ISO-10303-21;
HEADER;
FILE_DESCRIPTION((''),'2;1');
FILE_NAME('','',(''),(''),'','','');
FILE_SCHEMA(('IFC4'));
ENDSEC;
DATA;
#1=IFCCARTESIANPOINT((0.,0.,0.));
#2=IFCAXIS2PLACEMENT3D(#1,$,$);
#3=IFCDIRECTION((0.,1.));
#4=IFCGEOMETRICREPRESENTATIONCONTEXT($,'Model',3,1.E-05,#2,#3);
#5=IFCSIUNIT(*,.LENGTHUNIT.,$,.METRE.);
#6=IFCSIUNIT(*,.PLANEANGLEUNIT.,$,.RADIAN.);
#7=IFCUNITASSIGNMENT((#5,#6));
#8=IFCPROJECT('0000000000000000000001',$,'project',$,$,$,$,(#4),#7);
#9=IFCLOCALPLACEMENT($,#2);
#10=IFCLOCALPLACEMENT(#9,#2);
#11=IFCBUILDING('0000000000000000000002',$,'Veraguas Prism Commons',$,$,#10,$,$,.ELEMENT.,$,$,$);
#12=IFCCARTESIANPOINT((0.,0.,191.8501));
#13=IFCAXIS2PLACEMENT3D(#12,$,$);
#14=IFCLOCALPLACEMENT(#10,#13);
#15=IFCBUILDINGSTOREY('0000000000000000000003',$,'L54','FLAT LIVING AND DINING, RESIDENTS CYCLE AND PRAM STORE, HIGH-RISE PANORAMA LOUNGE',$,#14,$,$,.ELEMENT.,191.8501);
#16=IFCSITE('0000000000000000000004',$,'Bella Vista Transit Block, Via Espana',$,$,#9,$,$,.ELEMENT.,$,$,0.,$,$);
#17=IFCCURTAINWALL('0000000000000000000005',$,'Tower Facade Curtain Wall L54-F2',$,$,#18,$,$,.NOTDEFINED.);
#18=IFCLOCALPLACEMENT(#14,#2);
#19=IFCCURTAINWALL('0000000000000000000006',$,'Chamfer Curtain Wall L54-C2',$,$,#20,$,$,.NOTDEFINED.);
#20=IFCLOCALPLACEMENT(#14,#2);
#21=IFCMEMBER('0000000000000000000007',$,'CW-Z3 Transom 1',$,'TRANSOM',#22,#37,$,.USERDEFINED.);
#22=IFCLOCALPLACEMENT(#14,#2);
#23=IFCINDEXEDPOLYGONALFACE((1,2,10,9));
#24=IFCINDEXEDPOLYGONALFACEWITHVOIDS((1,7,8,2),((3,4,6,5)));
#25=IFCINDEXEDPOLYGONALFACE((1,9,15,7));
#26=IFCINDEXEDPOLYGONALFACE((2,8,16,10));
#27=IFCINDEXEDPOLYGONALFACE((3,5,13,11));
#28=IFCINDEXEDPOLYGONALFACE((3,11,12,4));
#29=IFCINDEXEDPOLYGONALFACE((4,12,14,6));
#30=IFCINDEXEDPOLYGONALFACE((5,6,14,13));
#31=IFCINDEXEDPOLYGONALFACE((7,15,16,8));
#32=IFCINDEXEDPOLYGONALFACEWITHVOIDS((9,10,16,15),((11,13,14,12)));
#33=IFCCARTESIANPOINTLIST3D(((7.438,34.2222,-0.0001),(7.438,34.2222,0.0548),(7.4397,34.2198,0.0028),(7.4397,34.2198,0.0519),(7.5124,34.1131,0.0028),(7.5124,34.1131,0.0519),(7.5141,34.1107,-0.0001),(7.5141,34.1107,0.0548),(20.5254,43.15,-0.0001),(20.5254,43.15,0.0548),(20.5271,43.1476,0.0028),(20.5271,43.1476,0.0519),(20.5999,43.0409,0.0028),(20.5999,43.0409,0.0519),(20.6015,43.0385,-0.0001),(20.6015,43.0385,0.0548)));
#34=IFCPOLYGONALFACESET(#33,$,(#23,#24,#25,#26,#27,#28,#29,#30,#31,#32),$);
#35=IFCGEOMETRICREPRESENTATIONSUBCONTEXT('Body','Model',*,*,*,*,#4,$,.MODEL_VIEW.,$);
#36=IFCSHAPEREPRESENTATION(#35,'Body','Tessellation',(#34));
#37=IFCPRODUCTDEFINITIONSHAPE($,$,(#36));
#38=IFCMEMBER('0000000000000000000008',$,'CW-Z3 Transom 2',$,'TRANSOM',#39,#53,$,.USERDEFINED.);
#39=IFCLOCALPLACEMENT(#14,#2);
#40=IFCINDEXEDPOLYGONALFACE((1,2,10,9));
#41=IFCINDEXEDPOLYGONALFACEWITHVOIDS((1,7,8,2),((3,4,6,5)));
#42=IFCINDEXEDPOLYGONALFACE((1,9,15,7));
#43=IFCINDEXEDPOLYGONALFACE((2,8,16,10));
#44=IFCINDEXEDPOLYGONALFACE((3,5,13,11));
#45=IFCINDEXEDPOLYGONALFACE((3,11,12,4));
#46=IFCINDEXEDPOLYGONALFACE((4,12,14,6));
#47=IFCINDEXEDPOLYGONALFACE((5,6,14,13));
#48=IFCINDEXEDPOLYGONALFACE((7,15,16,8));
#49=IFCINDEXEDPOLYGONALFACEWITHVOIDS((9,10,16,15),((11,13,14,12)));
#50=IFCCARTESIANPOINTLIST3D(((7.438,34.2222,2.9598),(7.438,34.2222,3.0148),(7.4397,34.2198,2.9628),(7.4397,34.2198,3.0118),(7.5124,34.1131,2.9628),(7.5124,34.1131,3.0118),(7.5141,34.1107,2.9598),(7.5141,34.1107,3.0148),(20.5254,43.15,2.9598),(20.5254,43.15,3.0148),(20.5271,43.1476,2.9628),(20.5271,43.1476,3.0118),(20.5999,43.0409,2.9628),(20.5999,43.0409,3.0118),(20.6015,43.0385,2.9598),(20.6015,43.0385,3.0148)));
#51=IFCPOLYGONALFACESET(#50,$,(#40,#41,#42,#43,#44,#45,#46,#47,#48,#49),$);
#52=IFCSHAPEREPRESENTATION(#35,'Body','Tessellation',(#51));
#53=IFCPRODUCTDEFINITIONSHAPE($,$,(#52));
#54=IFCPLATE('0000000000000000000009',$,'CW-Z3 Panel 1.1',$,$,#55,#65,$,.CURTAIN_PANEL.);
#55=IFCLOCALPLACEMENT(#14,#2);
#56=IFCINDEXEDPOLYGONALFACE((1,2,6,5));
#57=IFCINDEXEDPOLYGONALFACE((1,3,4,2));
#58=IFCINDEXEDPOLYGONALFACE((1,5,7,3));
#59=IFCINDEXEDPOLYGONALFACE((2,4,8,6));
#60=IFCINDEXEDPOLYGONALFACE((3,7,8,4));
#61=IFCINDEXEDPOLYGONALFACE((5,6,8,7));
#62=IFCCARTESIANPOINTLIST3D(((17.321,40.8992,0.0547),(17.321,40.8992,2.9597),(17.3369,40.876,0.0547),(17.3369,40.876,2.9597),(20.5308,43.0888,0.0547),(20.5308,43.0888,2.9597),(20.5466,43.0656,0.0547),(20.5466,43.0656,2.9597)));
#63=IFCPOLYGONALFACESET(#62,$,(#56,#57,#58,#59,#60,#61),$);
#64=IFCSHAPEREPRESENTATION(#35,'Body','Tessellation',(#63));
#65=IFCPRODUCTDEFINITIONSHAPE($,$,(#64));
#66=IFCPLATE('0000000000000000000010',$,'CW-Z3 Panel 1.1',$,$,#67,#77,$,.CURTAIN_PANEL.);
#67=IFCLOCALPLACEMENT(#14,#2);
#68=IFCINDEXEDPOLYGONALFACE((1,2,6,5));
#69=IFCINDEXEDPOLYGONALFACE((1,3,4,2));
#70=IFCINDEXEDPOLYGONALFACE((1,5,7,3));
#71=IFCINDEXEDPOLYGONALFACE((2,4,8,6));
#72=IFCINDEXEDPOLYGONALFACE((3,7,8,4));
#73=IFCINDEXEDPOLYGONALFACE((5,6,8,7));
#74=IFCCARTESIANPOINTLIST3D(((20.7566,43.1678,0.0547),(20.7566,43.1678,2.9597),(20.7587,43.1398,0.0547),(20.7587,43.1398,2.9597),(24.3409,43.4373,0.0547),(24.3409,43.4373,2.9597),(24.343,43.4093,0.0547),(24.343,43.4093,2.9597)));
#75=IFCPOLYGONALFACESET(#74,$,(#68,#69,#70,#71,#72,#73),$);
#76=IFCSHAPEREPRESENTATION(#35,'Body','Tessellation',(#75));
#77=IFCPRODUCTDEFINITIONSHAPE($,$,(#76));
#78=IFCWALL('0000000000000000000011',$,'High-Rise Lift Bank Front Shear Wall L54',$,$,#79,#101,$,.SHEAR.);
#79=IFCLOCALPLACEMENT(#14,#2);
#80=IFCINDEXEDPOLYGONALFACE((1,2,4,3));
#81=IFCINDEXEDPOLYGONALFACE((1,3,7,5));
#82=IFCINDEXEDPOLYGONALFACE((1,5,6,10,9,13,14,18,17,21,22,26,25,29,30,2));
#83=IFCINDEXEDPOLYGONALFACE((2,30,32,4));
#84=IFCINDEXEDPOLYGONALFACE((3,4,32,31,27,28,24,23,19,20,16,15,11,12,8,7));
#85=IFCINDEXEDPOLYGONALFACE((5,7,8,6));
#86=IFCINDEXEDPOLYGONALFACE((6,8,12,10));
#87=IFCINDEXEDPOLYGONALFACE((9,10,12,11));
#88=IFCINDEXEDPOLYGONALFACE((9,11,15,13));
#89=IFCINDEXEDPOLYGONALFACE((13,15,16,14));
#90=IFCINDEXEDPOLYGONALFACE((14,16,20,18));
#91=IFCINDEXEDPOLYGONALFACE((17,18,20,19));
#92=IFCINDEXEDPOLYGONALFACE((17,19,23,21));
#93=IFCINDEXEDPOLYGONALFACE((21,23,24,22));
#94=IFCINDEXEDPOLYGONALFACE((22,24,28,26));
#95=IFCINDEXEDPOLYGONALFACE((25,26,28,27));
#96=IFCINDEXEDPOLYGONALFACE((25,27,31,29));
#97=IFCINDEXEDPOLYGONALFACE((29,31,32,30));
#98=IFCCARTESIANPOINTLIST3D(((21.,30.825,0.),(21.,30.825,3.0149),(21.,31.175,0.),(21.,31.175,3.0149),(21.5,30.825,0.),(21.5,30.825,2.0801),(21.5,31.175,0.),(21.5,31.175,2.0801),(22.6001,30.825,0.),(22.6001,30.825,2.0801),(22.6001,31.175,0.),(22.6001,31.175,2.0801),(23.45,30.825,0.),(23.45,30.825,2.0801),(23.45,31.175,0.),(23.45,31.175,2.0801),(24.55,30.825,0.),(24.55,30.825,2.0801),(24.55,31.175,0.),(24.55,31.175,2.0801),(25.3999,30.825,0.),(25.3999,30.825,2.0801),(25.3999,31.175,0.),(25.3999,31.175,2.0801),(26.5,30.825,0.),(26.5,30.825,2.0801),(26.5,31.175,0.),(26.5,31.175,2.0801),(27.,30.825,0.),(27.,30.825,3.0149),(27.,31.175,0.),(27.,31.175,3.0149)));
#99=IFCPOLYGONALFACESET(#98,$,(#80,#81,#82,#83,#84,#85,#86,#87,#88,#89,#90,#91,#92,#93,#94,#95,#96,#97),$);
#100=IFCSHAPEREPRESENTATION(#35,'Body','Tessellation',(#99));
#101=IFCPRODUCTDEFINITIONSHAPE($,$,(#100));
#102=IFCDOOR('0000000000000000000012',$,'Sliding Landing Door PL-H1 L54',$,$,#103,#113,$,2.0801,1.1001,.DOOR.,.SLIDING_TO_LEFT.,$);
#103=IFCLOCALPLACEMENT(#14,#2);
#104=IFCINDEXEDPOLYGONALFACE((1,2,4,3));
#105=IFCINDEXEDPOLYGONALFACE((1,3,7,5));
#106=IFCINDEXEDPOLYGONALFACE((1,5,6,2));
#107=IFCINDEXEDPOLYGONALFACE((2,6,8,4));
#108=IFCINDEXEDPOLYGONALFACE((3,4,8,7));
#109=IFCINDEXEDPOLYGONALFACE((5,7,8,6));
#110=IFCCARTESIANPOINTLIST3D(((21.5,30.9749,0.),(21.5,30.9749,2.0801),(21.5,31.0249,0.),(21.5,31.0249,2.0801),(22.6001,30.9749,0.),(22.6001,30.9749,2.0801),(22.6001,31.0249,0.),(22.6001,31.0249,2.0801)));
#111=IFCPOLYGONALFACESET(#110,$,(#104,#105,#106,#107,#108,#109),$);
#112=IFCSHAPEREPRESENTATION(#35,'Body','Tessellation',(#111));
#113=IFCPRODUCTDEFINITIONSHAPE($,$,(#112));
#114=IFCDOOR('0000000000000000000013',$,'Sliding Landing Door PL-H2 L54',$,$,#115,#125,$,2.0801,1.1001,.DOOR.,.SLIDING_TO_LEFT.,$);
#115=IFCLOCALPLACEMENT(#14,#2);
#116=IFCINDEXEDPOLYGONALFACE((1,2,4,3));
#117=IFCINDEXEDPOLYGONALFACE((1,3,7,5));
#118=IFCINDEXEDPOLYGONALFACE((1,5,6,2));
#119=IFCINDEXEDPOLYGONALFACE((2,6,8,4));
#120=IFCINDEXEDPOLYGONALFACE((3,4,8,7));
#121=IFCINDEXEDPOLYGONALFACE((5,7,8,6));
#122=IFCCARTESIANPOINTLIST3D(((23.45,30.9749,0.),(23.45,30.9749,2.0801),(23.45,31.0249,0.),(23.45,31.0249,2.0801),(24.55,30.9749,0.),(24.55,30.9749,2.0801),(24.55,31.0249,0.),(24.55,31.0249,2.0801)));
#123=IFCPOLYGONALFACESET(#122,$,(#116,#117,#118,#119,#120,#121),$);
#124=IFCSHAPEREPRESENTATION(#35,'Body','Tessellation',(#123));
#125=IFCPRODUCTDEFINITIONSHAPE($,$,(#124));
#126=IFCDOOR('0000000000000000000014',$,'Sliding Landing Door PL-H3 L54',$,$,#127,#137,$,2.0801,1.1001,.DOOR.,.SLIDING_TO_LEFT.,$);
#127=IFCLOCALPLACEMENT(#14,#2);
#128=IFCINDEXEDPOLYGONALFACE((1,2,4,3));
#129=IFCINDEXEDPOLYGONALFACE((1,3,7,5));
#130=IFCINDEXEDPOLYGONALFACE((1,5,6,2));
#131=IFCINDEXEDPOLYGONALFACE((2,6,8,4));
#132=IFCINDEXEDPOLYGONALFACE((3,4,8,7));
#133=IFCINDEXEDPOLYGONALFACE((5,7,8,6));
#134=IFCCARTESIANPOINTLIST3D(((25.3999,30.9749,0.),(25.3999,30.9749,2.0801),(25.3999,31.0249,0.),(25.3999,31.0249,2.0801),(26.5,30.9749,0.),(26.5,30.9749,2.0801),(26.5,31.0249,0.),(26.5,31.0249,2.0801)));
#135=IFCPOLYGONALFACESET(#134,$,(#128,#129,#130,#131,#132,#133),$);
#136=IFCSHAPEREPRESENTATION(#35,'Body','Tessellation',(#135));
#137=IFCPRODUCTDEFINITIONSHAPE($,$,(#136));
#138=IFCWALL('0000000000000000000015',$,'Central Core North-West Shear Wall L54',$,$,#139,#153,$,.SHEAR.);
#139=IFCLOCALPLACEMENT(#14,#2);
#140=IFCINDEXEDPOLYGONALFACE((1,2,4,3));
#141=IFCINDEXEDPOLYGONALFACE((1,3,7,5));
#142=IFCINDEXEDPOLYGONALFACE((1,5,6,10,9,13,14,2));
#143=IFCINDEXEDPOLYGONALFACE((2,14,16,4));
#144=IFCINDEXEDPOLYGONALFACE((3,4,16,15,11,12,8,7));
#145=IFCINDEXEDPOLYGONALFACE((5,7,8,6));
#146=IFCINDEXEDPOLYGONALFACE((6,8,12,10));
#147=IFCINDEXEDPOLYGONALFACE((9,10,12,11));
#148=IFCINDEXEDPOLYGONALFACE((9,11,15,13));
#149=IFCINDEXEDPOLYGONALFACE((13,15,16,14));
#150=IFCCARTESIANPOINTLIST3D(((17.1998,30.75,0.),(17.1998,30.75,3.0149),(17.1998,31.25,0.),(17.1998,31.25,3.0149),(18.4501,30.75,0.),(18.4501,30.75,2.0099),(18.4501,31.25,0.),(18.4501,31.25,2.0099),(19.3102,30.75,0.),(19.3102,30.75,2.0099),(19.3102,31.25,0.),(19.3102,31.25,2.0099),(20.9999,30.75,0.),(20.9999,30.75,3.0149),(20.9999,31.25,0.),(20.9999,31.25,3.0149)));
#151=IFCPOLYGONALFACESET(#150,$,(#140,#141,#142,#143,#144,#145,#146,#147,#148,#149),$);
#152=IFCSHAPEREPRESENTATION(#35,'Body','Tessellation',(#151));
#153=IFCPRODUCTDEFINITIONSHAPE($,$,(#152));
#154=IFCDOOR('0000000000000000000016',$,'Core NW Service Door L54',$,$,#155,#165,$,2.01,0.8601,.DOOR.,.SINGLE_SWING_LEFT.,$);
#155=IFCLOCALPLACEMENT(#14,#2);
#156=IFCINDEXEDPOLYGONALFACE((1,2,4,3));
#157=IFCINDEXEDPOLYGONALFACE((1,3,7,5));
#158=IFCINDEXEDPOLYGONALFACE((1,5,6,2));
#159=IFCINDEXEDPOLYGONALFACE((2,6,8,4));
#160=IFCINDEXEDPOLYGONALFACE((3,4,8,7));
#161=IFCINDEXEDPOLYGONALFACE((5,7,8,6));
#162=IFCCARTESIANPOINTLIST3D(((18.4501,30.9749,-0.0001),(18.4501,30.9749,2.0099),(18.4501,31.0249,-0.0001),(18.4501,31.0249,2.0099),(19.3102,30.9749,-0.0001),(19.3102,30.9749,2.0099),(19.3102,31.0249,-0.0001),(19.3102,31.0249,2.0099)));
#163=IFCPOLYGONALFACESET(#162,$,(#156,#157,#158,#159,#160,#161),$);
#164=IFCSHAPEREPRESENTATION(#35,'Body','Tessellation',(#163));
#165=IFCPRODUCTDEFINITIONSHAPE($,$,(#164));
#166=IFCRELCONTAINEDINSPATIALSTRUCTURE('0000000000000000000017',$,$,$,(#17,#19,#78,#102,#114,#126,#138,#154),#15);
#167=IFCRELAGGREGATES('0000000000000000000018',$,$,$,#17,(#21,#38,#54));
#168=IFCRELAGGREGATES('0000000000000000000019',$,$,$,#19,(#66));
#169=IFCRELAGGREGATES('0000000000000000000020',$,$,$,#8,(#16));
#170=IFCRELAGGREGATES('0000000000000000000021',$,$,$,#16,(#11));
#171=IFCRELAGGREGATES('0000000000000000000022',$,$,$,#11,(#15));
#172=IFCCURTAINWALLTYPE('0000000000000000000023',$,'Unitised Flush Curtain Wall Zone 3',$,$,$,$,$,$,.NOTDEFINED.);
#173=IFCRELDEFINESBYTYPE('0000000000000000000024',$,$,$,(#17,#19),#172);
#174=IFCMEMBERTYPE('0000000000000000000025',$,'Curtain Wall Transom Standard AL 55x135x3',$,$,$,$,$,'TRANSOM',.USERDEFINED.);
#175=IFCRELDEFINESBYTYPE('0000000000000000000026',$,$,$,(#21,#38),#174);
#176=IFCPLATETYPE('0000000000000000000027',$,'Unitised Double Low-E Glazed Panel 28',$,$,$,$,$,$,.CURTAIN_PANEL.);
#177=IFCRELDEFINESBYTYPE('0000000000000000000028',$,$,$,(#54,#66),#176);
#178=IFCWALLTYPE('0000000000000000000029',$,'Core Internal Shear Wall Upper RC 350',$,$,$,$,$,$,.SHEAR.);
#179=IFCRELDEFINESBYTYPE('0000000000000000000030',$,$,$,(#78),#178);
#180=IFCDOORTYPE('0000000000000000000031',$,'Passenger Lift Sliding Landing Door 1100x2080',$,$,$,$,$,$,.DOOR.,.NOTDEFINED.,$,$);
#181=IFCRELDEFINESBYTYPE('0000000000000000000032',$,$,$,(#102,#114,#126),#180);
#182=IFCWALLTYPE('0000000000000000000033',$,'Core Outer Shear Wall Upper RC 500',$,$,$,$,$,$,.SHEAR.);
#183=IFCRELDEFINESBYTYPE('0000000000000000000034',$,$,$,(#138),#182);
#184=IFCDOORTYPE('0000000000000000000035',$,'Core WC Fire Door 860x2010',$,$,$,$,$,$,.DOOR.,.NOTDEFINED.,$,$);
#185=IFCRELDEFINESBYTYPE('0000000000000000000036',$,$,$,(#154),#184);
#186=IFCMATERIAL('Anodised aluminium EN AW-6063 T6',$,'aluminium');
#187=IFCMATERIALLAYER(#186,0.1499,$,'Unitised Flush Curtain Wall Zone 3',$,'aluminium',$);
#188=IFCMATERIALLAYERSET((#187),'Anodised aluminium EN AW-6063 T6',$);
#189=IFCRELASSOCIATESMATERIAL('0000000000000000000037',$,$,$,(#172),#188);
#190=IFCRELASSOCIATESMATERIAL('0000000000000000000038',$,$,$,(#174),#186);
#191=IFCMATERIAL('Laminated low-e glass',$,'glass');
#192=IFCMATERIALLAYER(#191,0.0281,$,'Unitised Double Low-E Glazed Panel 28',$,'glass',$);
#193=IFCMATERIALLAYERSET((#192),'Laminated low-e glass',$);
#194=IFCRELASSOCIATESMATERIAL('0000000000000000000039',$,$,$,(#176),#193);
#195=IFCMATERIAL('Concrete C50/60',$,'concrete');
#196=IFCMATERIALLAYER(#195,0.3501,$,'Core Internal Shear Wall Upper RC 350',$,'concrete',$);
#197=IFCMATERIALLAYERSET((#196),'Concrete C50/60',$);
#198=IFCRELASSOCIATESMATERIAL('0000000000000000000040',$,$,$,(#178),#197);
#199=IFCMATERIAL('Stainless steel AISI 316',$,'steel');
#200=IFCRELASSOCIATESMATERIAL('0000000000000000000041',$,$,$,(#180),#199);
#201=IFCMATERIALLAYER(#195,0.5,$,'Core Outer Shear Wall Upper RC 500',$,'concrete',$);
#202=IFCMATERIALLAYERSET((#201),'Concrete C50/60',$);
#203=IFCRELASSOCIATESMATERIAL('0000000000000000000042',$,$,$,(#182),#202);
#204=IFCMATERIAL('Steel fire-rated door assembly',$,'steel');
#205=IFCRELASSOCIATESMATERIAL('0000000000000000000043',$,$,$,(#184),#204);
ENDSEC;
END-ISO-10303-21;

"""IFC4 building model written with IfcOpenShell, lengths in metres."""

from ifc_helpers import new_model, si_unit, direction, frame, frame_2d, origin, origin_2d, place, context, subcontext, project, spatial, rectangle, hollow_rectangle, extrude, source, transform, mapped, material, layer, layer_set, material_profile, profile_set, type_object, element, fill, aggregate, save


model = new_model("IFC4")

# Units and contexts
model_context = context("Model", 3, precision=1e-05, world=origin(), true_north=direction((0.0, 1.0)))
body_context = subcontext(model_context, "Body", "Model", "MODEL_VIEW")
ifc_project = project(units=[si_unit("LENGTHUNIT", "METRE"), si_unit("PLANEANGLEUNIT", "RADIAN")], contexts=[model_context])

# Site, building, storey
site_placement = place(None, origin())
site = spatial("IfcSite", under=ifc_project, at=site_placement, Name="Bella Vista Transit Block, Via Espana", CompositionType="ELEMENT", RefElevation=0.0)
building_placement = place(site_placement, origin())
building = spatial("IfcBuilding", under=site, at=building_placement, Name="Veraguas Prism Commons", CompositionType="ELEMENT")
storey_placement = place(building_placement, frame((0.0, 0.0, 191.8501)))
storey = spatial("IfcBuildingStorey", under=building, at=storey_placement, Name="L54", Description="FLAT LIVING AND DINING, RESIDENTS CYCLE AND PRAM STORE, HIGH-RISE PANORAMA LOUNGE", CompositionType="ELEMENT", Elevation=191.8501)

# Shared definitions
ifc_material_1 = material(Name="Concrete C50/60", Category="concrete")

# Curtain wall
ifc_material_2 = material(Name="Anodised aluminium EN AW-6063 T6", Category="aluminium")
ifc_layer_1 = layer(ifc_material_2, 0.1499, Name="Unitised Flush Curtain Wall Zone 3", Category="aluminium")
ifc_layer_set_1 = layer_set([ifc_layer_1], Name="Anodised aluminium EN AW-6063 T6")
curtain_wall_type = type_object("IfcCurtainWallType", Name="Unitised Flush Curtain Wall Zone 3", PredefinedType="NOTDEFINED", material=ifc_layer_set_1)
curtain_wall_1_placement = place(storey_placement, origin())
curtain_wall_1 = element("IfcCurtainWall", 1, at=curtain_wall_1_placement, inside=storey, type_object=curtain_wall_type, Name="Tower Facade Curtain Wall L54-F2", PredefinedType="NOTDEFINED")

# Curtain wall
curtain_wall_2_placement = place(storey_placement, origin())
curtain_wall_2 = element("IfcCurtainWall", 2, at=curtain_wall_2_placement, inside=storey, type_object=curtain_wall_type, Name="Chamfer Curtain Wall L54-C2", PredefinedType="NOTDEFINED")

# Members
ifc_material_profile_1 = material_profile(ifc_material_2, hollow_rectangle(XDim=0.0549, YDim=0.135, WallThickness=0.0029, at=origin_2d()), Name="AL55X135X3")
ifc_profile_set_1 = profile_set([ifc_material_profile_1], Name="Anodised aluminium EN AW-6063 T6")
member_type_1 = type_object("IfcMemberType", Name="Curtain Wall Transom Standard AL 55x135x3", ElementType="TRANSOM", PredefinedType="USERDEFINED", material=ifc_profile_set_1)
shared_shape_1 = source(origin(), body_context, "Body", "SweptSolid", [
    extrude(hollow_rectangle(XDim=0.0549, YDim=0.135, WallThickness=0.0029, at=origin_2d()), origin(), (0.0, 0.0, 1.0), 15.8425),
])
member_1_placement = place(storey_placement, frame((20.5635, 43.0942, 0.0273), z_axis=(-0.826095, -0.563531, 0.0), x_axis=(0.0, 0.0, 1.0)))
member_1 = element("IfcMember", 3, at=member_1_placement, type_object=member_type_1, Name="CW-Z3 Transom 1", ObjectType="TRANSOM", PredefinedType="USERDEFINED", context=body_context, shape_type="MappedRepresentation", body=[
    mapped(shared_shape_1, transform((0.0, 0.0, 0.0), scale=1.0)),
])
member_2_placement = place(storey_placement, frame((20.5635, 43.0942, 2.9873), z_axis=(-0.826095, -0.563531, 0.0), x_axis=(0.0, 0.0, 1.0)))
member_2 = element("IfcMember", 4, at=member_2_placement, type_object=member_type_1, Name="CW-Z3 Transom 2", ObjectType="TRANSOM", PredefinedType="USERDEFINED", context=body_context, shape_type="MappedRepresentation", body=[
    mapped(shared_shape_1, transform((0.0, 0.0, 0.0), scale=1.0)),
])

# Plates
ifc_material_3 = material(Name="Laminated low-e glass", Category="glass")
ifc_layer_2 = layer(ifc_material_3, 0.0281, Name="Unitised Double Low-E Glazed Panel 28", Category="glass")
ifc_layer_set_2 = layer_set([ifc_layer_2], Name="Laminated low-e glass")
plate_type = type_object("IfcPlateType", Name="Unitised Double Low-E Glazed Panel 28", PredefinedType="CURTAIN_PANEL", material=ifc_layer_set_2)
shared_shape_2 = source(origin(), body_context, "Body", "SweptSolid", [
    extrude(rectangle(XDim=3.8855, YDim=0.0281, at=origin_2d()), origin(), (0.0, 0.0, 1.0), 2.905),
])
plate_1_placement = place(storey_placement, frame((18.9338, 41.9824, 0.0547), z_axis=(0.0, 0.0, 1.0), x_axis=(-0.826095, -0.56353, 0.0)))
plate_1 = element("IfcPlate", 5, at=plate_1_placement, type_object=plate_type, Name="CW-Z3 Panel 1.1", PredefinedType="CURTAIN_PANEL", context=body_context, shape_type="MappedRepresentation", body=[
    mapped(shared_shape_2, transform((0.0, 0.0, 0.0), scale=1.0)),
])
aggregate(curtain_wall_1, [member_1, member_2, plate_1])
shared_shape_3 = source(origin(), body_context, "Body", "SweptSolid", [
    extrude(rectangle(XDim=3.5945, YDim=0.0281, at=origin_2d()), origin(), (0.0, 0.0, 1.0), 2.905),
])
plate_2_placement = place(storey_placement, frame((22.5498, 43.2886, 0.0547), z_axis=(0.0, 0.0, 1.0), x_axis=(-0.997185, -0.074977, 0.0)))
plate_2 = element("IfcPlate", 6, at=plate_2_placement, type_object=plate_type, Name="CW-Z3 Panel 1.1", PredefinedType="CURTAIN_PANEL", context=body_context, shape_type="MappedRepresentation", body=[
    mapped(shared_shape_3, transform((0.0, 0.0, 0.0), scale=1.0)),
])
aggregate(curtain_wall_2, [plate_2])

# Wall, openings, doors
ifc_layer_3 = layer(ifc_material_1, 0.3501, Name="Core Internal Shear Wall Upper RC 350", Category="concrete")
ifc_layer_set_3 = layer_set([ifc_layer_3], Name="Concrete C50/60")
wall_type_1 = type_object("IfcWallType", Name="Core Internal Shear Wall Upper RC 350", PredefinedType="SHEAR", material=ifc_layer_set_3)
wall_1_placement = place(storey_placement, frame((21.0, 31.0, 0.0), z_axis=(0.0, 0.0, 1.0), x_axis=(1.0, 0.0, 0.0)))
wall_1 = element("IfcWall", 7, at=wall_1_placement, inside=storey, type_object=wall_type_1, Name="High-Rise Lift Bank Front Shear Wall L54", PredefinedType="SHEAR", context=body_context, shape_type="SweptSolid", body=[
    extrude(rectangle(XDim=6.0, YDim=0.3501, at=frame_2d((3.0, 0.0))), origin(), (0.0, 0.0, 1.0), 3.0149),
])
opening_1_placement = place(wall_1_placement, frame((0.5, 0.0, 0.0)))
opening_1 = element("IfcOpeningElement", 8, at=opening_1_placement, cuts=wall_1, PredefinedType="OPENING", context=body_context, shape_type="SweptSolid", body=[
    extrude(rectangle(XDim=1.1001, YDim=2.0801, at=frame_2d((0.55, 1.04))), frame((0.0, 0.1851, 0.0), z_axis=(0.0, -1.0, 0.0), x_axis=(1.0, 0.0, 0.0)), (0.0, 0.0, 1.0), 0.3701),
])
opening_2_placement = place(wall_1_placement, frame((2.45, 0.0, 0.0)))
opening_2 = element("IfcOpeningElement", 9, at=opening_2_placement, cuts=wall_1, PredefinedType="OPENING", context=body_context, shape_type="SweptSolid", body=[
    extrude(rectangle(XDim=1.1001, YDim=2.0801, at=frame_2d((0.55, 1.04))), frame((0.0, 0.1851, 0.0), z_axis=(0.0, -1.0, 0.0), x_axis=(1.0, 0.0, 0.0)), (0.0, 0.0, 1.0), 0.3701),
])
opening_3_placement = place(wall_1_placement, frame((4.3999, 0.0, 0.0)))
opening_3 = element("IfcOpeningElement", 10, at=opening_3_placement, cuts=wall_1, PredefinedType="OPENING", context=body_context, shape_type="SweptSolid", body=[
    extrude(rectangle(XDim=1.1001, YDim=2.0801, at=frame_2d((0.55, 1.04))), frame((0.0, 0.1851, 0.0), z_axis=(0.0, -1.0, 0.0), x_axis=(1.0, 0.0, 0.0)), (0.0, 0.0, 1.0), 0.3701),
])
ifc_material_4 = material(Name="Stainless steel AISI 316", Category="steel")
door_type_1 = type_object("IfcDoorType", Name="Passenger Lift Sliding Landing Door 1100x2080", OperationType="NOTDEFINED", PredefinedType="DOOR", material=ifc_material_4)
shared_shape_4 = source(origin(), body_context, "Body", "SweptSolid", [
    extrude(rectangle(XDim=1.1001, YDim=2.0801, at=frame_2d((0.55, 1.04))), frame((0.0, 0.0249, 0.0), z_axis=(0.0, -1.0, 0.0), x_axis=(1.0, 0.0, 0.0)), (0.0, 0.0, 1.0), 0.05),
])
door_1_placement = place(opening_1_placement, origin())
door_1 = element("IfcDoor", 11, at=door_1_placement, inside=storey, type_object=door_type_1, Name="Sliding Landing Door PL-H1 L54", OperationType="SLIDING_TO_LEFT", OverallHeight=2.0801, OverallWidth=1.1001, PredefinedType="DOOR", context=body_context, shape_type="MappedRepresentation", body=[
    mapped(shared_shape_4, transform((0.0, 0.0, 0.0), scale=1.0)),
])
fill(opening_1, door_1)
door_2_placement = place(opening_2_placement, origin())
door_2 = element("IfcDoor", 12, at=door_2_placement, inside=storey, type_object=door_type_1, Name="Sliding Landing Door PL-H2 L54", OperationType="SLIDING_TO_LEFT", OverallHeight=2.0801, OverallWidth=1.1001, PredefinedType="DOOR", context=body_context, shape_type="MappedRepresentation", body=[
    mapped(shared_shape_4, transform((0.0, 0.0, 0.0), scale=1.0)),
])
fill(opening_2, door_2)
door_3_placement = place(opening_3_placement, origin())
door_3 = element("IfcDoor", 13, at=door_3_placement, inside=storey, type_object=door_type_1, Name="Sliding Landing Door PL-H3 L54", OperationType="SLIDING_TO_LEFT", OverallHeight=2.0801, OverallWidth=1.1001, PredefinedType="DOOR", context=body_context, shape_type="MappedRepresentation", body=[
    mapped(shared_shape_4, transform((0.0, 0.0, 0.0), scale=1.0)),
])
fill(opening_3, door_3)

# Wall, opening, door
ifc_layer_4 = layer(ifc_material_1, 0.5, Name="Core Outer Shear Wall Upper RC 500", Category="concrete")
ifc_layer_set_4 = layer_set([ifc_layer_4], Name="Concrete C50/60")
wall_type_2 = type_object("IfcWallType", Name="Core Outer Shear Wall Upper RC 500", PredefinedType="SHEAR", material=ifc_layer_set_4)
wall_2_placement = place(storey_placement, frame((17.2, 31.0, 0.0), z_axis=(0.0, 0.0, 1.0), x_axis=(1.0, 0.0, 0.0)))
wall_2 = element("IfcWall", 14, at=wall_2_placement, inside=storey, type_object=wall_type_2, Name="Central Core North-West Shear Wall L54", PredefinedType="SHEAR", context=body_context, shape_type="SweptSolid", body=[
    extrude(rectangle(XDim=3.8, YDim=0.5, at=frame_2d((1.8999, 0.0))), origin(), (0.0, 0.0, 1.0), 3.0149),
])
opening_4_placement = place(wall_2_placement, frame((1.25, 0.0, 0.0)))
opening_4 = element("IfcOpeningElement", 15, at=opening_4_placement, cuts=wall_2, PredefinedType="OPENING", context=body_context, shape_type="SweptSolid", body=[
    extrude(rectangle(XDim=0.8601, YDim=2.01, at=frame_2d((0.4302, 1.0049))), frame((0.0, 0.26, 0.0), z_axis=(0.0, -1.0, 0.0), x_axis=(1.0, 0.0, 0.0)), (0.0, 0.0, 1.0), 0.52),
])
ifc_material_5 = material(Name="Steel fire-rated door assembly", Category="steel")
door_type_2 = type_object("IfcDoorType", Name="Core WC Fire Door 860x2010", OperationType="NOTDEFINED", PredefinedType="DOOR", material=ifc_material_5)
shared_shape_5 = source(origin(), body_context, "Body", "SweptSolid", [
    extrude(rectangle(XDim=0.8601, YDim=2.01, at=frame_2d((0.4302, 1.0049))), frame((0.0, 0.0249, 0.0), z_axis=(0.0, -1.0, 0.0), x_axis=(1.0, 0.0, 0.0)), (0.0, 0.0, 1.0), 0.05),
])
door_4_placement = place(opening_4_placement, origin())
door_4 = element("IfcDoor", 16, at=door_4_placement, inside=storey, type_object=door_type_2, Name="Core NW Service Door L54", OperationType="SINGLE_SWING_LEFT", OverallHeight=2.01, OverallWidth=0.8601, PredefinedType="DOOR", context=body_context, shape_type="MappedRepresentation", body=[
    mapped(shared_shape_5, transform((0.0, 0.0, 0.0), scale=1.0)),
])
fill(opening_4, door_4)

save(model, "model.ifc")
